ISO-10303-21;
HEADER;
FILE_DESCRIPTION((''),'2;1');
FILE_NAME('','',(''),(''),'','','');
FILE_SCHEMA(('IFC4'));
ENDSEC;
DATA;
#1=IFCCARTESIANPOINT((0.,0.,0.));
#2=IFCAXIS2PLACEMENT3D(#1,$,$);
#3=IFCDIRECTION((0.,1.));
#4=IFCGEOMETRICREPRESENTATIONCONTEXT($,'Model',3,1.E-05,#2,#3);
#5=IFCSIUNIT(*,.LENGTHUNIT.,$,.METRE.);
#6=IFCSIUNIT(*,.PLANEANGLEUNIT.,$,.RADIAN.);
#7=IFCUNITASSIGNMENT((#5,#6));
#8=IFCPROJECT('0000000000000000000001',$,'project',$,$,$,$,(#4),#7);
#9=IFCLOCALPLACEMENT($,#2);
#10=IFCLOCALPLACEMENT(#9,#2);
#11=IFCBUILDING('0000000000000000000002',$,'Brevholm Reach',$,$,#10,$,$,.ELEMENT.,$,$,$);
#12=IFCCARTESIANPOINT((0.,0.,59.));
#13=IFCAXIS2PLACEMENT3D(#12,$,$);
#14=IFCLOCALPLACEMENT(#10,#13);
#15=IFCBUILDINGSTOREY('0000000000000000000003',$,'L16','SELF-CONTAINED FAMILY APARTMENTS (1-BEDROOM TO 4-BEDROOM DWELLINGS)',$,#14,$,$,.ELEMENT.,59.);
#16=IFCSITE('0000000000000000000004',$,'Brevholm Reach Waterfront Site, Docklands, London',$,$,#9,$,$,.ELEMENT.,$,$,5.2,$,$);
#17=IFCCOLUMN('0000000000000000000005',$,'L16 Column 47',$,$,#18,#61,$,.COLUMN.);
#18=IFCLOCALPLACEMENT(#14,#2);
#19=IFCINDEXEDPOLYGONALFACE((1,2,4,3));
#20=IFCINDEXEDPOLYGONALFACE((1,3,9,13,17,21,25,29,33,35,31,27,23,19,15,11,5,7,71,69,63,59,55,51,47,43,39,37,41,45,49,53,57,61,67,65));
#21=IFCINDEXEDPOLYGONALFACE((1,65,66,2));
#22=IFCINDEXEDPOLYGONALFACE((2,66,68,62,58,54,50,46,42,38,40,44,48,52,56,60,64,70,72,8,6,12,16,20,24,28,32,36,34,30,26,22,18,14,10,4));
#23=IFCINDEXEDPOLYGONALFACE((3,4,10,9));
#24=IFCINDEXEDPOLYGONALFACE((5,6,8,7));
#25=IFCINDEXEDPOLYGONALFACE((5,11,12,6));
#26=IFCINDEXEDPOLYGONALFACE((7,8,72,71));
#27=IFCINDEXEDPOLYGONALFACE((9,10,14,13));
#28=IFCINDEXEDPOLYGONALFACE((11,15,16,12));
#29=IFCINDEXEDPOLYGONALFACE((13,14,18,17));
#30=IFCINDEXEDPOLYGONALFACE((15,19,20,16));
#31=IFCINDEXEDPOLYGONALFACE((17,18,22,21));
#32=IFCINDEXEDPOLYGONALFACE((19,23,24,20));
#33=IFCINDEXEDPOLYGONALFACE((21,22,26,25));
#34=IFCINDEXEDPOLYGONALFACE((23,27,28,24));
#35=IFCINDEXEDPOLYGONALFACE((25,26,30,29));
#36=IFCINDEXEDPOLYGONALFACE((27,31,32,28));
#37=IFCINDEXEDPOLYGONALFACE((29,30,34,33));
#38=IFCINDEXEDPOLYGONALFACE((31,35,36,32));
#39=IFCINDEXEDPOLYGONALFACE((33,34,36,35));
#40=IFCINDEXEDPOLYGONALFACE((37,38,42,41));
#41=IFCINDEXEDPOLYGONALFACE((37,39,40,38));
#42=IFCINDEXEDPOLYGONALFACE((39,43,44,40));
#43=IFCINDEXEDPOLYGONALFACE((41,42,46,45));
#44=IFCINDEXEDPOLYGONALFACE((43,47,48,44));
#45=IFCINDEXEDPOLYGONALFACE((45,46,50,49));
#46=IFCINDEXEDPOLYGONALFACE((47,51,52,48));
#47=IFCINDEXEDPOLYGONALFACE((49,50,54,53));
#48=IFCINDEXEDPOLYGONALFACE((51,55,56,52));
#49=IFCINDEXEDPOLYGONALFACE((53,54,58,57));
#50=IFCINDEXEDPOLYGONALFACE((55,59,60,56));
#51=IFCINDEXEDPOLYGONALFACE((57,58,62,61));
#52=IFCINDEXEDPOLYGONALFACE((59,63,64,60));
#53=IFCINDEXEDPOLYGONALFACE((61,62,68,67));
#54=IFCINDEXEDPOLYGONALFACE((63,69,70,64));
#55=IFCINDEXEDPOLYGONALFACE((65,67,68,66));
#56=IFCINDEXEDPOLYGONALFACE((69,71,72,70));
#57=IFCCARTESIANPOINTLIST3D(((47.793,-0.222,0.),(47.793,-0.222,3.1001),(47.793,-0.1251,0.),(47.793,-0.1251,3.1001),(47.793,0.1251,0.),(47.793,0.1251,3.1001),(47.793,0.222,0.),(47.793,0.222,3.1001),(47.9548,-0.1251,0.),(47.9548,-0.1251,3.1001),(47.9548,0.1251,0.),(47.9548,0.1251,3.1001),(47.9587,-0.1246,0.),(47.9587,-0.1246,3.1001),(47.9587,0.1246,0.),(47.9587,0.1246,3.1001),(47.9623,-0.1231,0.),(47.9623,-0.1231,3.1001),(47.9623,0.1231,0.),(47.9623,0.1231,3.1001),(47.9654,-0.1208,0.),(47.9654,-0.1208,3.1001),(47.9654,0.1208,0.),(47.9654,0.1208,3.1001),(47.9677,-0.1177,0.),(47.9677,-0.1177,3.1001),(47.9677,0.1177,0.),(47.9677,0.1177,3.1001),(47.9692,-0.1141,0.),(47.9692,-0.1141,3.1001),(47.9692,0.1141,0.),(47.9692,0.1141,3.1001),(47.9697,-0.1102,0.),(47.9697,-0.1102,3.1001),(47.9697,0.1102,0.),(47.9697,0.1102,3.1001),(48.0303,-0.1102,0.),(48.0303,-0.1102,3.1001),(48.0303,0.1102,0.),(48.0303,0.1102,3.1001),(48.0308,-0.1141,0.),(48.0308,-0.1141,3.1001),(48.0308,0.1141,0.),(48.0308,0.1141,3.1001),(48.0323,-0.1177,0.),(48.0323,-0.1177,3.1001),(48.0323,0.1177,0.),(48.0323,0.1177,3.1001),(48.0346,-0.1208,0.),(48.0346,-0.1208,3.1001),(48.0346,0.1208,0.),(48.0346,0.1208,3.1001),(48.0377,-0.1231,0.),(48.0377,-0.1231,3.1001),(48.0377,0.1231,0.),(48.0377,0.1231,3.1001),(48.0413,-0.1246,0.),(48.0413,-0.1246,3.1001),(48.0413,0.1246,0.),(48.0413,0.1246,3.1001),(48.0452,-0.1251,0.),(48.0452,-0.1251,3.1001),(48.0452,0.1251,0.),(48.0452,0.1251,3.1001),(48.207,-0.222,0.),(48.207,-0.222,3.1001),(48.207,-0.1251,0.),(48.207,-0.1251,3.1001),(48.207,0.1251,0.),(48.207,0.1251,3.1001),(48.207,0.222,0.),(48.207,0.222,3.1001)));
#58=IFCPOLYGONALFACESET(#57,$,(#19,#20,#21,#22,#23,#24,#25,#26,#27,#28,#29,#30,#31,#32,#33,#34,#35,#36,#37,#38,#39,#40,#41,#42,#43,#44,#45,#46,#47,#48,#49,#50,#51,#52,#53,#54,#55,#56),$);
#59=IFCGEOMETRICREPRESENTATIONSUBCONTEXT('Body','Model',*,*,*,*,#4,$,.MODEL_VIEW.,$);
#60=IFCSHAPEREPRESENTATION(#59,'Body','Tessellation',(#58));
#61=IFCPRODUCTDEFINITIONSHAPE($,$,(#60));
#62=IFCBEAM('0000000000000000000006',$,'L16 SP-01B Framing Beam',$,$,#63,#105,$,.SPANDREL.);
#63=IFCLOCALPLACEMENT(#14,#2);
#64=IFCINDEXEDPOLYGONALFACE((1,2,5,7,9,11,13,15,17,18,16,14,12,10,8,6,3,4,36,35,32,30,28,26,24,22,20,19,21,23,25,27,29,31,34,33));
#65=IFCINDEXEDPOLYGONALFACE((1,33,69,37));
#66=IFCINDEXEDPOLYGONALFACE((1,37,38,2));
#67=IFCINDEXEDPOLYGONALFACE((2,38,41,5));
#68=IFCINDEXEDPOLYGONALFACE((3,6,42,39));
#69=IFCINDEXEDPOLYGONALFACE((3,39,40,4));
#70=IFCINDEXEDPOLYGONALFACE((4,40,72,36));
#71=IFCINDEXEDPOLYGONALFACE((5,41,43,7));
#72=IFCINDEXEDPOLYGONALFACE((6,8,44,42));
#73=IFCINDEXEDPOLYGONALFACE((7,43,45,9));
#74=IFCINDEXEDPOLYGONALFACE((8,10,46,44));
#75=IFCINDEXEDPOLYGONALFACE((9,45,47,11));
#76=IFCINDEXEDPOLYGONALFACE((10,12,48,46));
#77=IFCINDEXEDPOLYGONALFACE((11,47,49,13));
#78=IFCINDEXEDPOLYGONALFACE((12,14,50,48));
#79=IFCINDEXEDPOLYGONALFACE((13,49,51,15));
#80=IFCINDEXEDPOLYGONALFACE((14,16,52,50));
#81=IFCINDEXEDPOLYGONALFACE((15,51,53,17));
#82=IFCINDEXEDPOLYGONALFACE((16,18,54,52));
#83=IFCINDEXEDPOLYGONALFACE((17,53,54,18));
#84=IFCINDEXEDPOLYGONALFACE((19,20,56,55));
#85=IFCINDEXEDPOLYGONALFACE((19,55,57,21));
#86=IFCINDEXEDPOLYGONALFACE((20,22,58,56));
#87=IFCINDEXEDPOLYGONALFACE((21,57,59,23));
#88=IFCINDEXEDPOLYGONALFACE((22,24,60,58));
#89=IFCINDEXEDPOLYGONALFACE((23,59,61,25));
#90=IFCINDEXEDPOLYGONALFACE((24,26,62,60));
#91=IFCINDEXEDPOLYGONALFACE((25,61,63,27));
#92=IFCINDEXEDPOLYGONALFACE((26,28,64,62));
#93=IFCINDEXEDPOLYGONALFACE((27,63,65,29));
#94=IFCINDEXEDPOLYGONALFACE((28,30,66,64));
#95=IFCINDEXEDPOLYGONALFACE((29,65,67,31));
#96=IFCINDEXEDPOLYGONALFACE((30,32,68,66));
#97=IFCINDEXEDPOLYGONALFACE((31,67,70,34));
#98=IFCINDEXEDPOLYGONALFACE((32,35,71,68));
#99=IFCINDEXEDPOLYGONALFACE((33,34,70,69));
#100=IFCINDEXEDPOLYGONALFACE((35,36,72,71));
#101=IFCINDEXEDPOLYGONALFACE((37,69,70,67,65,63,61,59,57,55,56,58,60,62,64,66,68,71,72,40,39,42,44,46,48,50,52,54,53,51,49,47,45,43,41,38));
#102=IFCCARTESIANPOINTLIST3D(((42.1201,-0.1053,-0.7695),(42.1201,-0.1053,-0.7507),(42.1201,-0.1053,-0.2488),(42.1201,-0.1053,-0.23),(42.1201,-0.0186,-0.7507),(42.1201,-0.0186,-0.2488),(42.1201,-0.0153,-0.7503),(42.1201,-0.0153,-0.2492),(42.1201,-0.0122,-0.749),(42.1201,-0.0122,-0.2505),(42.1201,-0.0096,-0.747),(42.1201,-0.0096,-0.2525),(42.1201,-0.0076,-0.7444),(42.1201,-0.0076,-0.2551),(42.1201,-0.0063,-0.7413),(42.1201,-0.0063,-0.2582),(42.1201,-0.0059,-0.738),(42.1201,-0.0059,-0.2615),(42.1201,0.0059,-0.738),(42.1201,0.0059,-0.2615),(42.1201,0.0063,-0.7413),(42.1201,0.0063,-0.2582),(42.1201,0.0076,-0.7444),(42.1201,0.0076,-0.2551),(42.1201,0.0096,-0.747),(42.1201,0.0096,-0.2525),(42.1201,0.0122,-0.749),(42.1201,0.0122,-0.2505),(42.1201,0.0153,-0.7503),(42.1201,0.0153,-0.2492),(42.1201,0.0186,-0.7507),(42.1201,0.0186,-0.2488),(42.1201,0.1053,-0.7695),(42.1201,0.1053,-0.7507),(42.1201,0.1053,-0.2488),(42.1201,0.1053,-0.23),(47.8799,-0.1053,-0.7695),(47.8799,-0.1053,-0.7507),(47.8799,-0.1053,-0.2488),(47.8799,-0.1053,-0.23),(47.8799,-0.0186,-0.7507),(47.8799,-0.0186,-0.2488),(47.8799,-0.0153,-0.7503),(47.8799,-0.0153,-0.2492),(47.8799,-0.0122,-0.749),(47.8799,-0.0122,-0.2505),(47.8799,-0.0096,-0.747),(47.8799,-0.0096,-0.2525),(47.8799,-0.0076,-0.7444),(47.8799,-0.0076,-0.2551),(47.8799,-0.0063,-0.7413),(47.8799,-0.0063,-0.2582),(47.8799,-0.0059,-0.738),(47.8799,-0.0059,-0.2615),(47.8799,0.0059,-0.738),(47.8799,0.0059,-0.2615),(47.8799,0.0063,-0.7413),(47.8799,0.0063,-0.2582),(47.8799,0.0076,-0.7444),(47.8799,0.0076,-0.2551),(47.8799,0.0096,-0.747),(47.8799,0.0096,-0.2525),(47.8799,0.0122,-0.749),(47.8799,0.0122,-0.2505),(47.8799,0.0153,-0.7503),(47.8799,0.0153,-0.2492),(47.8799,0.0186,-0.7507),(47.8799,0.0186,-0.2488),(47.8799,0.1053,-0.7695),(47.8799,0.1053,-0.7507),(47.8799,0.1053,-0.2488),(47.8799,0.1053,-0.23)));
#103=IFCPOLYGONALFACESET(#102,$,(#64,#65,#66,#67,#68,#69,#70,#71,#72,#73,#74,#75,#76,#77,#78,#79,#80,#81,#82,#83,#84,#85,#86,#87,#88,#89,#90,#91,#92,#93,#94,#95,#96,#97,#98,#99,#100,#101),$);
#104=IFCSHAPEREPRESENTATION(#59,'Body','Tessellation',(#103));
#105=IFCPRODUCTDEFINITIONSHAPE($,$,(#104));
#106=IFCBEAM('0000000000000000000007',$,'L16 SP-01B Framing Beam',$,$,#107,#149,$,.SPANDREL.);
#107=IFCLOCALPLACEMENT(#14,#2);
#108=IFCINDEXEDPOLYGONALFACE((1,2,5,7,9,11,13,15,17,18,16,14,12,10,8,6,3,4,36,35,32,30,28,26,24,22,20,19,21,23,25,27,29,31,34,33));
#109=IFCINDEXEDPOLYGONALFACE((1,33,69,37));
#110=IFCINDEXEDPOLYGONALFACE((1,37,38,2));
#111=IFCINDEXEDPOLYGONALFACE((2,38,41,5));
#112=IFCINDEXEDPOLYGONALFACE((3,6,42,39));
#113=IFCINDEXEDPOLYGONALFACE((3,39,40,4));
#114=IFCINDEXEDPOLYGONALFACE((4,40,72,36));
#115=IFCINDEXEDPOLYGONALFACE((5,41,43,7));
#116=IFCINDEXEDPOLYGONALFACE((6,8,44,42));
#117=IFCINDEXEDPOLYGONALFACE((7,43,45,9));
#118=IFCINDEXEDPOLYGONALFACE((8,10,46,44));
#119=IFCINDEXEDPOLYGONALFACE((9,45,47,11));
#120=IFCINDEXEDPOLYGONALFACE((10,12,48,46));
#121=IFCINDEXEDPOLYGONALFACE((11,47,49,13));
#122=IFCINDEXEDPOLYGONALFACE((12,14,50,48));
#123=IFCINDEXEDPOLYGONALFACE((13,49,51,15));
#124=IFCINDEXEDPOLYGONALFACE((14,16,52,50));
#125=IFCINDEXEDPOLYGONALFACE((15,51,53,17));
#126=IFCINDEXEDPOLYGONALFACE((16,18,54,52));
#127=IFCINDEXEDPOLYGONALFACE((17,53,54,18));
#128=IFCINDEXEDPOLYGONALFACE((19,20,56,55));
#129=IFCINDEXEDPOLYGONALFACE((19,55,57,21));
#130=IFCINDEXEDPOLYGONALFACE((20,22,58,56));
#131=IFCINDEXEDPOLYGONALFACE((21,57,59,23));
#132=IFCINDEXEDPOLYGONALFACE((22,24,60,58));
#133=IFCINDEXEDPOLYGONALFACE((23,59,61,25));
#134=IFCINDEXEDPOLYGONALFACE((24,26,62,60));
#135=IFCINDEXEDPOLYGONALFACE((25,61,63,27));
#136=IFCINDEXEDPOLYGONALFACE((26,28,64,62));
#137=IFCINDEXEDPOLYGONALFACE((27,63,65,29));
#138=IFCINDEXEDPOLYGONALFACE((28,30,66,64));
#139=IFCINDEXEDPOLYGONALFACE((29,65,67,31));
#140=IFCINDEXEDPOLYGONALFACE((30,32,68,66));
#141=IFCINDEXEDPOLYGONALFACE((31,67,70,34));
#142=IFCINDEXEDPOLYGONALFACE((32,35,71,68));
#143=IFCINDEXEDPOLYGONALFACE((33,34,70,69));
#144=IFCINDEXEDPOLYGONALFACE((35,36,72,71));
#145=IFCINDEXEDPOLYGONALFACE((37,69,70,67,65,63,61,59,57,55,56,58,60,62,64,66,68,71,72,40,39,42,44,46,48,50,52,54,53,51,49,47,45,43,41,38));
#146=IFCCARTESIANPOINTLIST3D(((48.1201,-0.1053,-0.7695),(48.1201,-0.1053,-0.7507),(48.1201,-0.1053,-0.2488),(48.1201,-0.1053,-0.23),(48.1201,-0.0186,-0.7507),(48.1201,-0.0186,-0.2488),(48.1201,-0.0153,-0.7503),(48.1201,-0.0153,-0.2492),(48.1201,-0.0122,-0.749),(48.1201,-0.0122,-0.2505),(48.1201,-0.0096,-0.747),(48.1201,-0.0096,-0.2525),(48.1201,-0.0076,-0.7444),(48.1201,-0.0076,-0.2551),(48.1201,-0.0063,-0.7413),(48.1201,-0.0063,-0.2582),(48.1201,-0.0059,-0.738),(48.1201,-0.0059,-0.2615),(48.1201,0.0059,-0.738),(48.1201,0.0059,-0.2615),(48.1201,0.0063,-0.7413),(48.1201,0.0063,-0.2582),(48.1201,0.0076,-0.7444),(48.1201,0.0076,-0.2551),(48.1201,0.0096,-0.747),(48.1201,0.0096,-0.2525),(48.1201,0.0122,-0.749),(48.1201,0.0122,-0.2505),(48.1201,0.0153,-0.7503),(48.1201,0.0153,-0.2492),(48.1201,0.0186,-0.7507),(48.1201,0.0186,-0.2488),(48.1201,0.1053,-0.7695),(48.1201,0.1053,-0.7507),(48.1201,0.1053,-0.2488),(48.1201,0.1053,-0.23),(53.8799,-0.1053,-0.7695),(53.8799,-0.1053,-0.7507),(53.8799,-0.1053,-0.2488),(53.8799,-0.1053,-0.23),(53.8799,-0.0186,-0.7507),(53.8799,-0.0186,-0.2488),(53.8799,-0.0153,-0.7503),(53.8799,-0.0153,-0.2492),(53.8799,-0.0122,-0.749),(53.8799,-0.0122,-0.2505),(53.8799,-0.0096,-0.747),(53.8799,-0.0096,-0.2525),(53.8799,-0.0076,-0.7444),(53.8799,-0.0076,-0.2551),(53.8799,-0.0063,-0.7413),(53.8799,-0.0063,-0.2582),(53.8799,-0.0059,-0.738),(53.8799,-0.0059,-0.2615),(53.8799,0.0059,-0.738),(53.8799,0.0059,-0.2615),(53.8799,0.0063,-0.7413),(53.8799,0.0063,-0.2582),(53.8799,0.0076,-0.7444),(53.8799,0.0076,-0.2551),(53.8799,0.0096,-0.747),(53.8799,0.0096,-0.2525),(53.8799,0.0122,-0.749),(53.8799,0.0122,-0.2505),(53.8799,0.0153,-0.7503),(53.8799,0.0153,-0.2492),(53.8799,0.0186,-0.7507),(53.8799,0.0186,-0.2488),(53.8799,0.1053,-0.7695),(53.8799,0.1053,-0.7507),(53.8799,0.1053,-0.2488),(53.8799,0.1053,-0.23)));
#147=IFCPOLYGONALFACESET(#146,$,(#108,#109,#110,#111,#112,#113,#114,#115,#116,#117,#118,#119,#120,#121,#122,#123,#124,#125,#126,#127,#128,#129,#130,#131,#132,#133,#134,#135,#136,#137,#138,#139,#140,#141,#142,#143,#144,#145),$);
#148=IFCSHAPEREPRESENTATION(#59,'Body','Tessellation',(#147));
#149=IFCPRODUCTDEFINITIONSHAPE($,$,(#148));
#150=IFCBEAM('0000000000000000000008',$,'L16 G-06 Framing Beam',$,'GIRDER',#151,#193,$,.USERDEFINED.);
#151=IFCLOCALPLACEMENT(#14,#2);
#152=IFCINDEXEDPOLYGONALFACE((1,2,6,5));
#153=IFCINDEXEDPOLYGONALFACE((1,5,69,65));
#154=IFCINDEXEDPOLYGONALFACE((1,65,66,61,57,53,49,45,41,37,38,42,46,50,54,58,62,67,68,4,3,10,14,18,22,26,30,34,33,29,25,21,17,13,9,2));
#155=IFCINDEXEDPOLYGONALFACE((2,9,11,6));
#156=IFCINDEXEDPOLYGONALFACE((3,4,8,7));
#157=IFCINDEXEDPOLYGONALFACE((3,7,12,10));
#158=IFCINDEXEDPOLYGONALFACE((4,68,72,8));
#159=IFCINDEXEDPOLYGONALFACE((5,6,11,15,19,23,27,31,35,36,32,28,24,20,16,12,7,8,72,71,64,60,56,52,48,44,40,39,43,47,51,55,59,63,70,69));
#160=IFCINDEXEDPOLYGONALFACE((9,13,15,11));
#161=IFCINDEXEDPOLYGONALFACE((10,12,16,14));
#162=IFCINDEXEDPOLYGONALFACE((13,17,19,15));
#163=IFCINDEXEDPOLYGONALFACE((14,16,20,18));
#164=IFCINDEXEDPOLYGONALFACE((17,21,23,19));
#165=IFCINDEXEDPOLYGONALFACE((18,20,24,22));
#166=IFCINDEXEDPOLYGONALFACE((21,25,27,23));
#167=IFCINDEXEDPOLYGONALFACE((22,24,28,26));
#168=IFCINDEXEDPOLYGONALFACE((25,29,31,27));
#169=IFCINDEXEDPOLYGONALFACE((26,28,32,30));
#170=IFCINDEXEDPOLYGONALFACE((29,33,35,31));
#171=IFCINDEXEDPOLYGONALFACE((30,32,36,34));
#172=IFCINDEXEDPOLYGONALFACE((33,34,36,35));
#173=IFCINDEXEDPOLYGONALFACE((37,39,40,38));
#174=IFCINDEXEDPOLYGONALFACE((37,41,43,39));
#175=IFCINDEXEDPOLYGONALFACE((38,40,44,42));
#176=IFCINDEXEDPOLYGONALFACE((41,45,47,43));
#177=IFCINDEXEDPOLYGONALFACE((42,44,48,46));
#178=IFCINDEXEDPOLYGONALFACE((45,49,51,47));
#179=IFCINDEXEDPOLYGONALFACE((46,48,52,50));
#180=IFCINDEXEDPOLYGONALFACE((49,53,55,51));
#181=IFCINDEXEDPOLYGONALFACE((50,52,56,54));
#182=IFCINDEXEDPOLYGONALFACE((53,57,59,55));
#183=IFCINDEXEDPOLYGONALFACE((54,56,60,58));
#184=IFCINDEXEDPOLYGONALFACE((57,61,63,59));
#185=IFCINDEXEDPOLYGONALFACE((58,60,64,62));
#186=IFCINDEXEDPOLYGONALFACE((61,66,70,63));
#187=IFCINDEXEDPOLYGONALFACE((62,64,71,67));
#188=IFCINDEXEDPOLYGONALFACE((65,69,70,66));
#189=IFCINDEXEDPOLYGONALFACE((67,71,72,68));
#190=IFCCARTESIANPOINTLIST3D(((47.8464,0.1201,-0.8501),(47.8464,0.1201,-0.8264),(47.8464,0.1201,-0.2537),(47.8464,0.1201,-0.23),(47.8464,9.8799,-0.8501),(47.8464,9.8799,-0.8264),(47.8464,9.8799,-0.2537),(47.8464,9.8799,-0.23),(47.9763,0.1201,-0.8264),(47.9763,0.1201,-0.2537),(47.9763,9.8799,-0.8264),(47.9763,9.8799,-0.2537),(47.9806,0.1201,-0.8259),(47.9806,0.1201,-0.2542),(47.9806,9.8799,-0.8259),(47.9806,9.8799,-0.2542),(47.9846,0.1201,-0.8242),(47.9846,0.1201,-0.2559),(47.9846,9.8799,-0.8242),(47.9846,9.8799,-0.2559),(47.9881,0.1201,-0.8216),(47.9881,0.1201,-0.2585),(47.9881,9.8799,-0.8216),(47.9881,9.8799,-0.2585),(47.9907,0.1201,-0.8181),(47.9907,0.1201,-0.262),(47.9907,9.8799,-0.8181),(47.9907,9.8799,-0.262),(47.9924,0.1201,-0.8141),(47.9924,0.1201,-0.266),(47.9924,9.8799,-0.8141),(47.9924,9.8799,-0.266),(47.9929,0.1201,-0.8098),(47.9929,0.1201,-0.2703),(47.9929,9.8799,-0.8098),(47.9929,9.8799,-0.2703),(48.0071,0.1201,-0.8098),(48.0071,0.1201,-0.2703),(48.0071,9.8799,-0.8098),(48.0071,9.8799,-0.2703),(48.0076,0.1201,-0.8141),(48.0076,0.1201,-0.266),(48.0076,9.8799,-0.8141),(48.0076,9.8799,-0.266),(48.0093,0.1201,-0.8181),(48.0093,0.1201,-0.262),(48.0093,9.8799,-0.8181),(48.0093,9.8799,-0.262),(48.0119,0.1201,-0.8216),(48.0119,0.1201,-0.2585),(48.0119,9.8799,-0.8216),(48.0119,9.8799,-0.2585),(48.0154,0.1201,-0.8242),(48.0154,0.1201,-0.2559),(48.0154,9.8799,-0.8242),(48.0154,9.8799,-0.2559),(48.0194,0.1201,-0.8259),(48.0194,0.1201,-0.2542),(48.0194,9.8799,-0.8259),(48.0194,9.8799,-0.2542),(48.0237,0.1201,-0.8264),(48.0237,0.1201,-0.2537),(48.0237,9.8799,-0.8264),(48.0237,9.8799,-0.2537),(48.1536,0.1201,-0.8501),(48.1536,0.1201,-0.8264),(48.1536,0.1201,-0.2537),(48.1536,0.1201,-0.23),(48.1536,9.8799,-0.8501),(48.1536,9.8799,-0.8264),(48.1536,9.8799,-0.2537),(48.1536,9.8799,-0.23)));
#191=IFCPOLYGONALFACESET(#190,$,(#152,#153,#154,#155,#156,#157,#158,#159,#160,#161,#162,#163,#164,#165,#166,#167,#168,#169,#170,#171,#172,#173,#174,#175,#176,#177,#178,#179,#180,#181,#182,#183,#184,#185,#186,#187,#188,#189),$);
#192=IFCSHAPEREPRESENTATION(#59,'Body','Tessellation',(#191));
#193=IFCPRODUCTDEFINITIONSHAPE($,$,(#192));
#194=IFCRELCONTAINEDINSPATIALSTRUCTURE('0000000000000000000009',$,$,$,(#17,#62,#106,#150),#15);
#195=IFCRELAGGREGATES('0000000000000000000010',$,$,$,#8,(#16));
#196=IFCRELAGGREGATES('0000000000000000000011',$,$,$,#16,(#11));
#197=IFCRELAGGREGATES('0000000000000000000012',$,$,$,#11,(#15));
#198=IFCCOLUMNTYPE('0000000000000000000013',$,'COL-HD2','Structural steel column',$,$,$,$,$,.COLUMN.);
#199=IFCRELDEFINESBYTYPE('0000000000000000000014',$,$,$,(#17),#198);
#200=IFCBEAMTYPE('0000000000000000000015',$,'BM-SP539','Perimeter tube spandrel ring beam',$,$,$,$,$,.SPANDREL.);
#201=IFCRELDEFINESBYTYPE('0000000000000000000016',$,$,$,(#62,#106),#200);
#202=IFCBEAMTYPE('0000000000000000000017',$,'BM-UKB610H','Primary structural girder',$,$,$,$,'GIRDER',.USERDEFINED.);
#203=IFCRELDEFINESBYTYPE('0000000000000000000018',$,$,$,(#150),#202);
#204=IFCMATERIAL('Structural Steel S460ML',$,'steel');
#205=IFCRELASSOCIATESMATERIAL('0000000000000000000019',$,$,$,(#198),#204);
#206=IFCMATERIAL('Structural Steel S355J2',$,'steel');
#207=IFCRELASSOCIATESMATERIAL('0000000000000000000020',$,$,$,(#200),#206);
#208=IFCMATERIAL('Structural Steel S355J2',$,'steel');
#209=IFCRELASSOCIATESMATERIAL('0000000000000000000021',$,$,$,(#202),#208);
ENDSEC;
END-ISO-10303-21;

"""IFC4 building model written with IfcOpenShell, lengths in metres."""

from ifc_helpers import new_model, si_unit, direction, frame, origin, origin_2d, place, context, subcontext, project, spatial, i_section, extrude, material, material_profile, profile_set, type_object, element, save


model = new_model("IFC4")

# Units and contexts
model_context = context("Model", 3, precision=1e-05, world=origin(), true_north=direction((0.0, 1.0)))
body_context = subcontext(model_context, "Body", "Model", "MODEL_VIEW")
ifc_project = project(units=[si_unit("LENGTHUNIT", "METRE"), si_unit("PLANEANGLEUNIT", "RADIAN")], contexts=[model_context])

# Site, building, storey
site_placement = place(None, origin())
site = spatial("IfcSite", under=ifc_project, at=site_placement, Name="Brevholm Reach Waterfront Site, Docklands, London", CompositionType="ELEMENT", RefElevation=5.2)
building_placement = place(site_placement, origin())
building = spatial("IfcBuilding", under=site, at=building_placement, Name="Brevholm Reach", CompositionType="ELEMENT")
storey_placement = place(building_placement, frame((0.0, 0.0, 59.0)))
storey = spatial("IfcBuildingStorey", under=building, at=storey_placement, Name="L16", Description="SELF-CONTAINED FAMILY APARTMENTS (1-BEDROOM TO 4-BEDROOM DWELLINGS)", CompositionType="ELEMENT", Elevation=59.0)

# Column
ifc_material_1 = material(Name="Structural Steel S460ML", Category="steel")
ifc_material_profile_1 = material_profile(ifc_material_1, i_section(OverallWidth=0.4141, OverallDepth=0.4441, WebThickness=0.0605, FlangeThickness=0.0969, FilletRadius=0.0149, at=origin_2d()), Name="HD 400x818")
ifc_profile_set_1 = profile_set([ifc_material_profile_1], Name="Structural Steel S460ML")
column_type = type_object("IfcColumnType", Name="COL-HD2", Description="Structural steel column", PredefinedType="COLUMN", material=ifc_profile_set_1)
column_placement = place(storey_placement, frame((48.0, 0.0, 0.0), z_axis=(0.0, 0.0, 1.0), x_axis=(1.0, 0.0, 0.0)))
element("IfcColumn", 1, at=column_placement, inside=storey, type_object=column_type, Name="L16 Column 47", PredefinedType="COLUMN", context=body_context, shape_type="SweptSolid", body=[
    extrude(i_section(OverallWidth=0.4141, OverallDepth=0.4441, WebThickness=0.0605, FlangeThickness=0.0969, FilletRadius=0.0149, at=origin_2d()), origin(), (0.0, 0.0, 1.0), 3.1001),
])

# Beams
ifc_material_2 = material(Name="Structural Steel S355J2", Category="steel")
ifc_material_profile_2 = material_profile(ifc_material_2, i_section(OverallWidth=0.2107, OverallDepth=0.5396, WebThickness=0.0117, FlangeThickness=0.0188, FilletRadius=0.0127, at=origin_2d()), Name="UKB 533x210x109")
ifc_profile_set_2 = profile_set([ifc_material_profile_2], Name="Structural Steel S355J2")
beam_type_1 = type_object("IfcBeamType", Name="BM-SP539", Description="Perimeter tube spandrel ring beam", PredefinedType="SPANDREL", material=ifc_profile_set_2)
for number, where, z_axis, x_axis, name in (
    (2, (42.1201, 0.0, -0.4998), (1.0, 0.0, 0.0), (0.0, 1.0, 0.0), "L16 SP-01B Framing Beam"),
    (3, (48.1201, 0.0, -0.4998), (1.0, 0.0, 0.0), (0.0, 1.0, 0.0), "L16 SP-01B Framing Beam"),
):
    element("IfcBeam", number, at=place(storey_placement, frame(where, z_axis=z_axis, x_axis=x_axis)), inside=storey, type_object=beam_type_1, Name=name, PredefinedType="SPANDREL", context=body_context, shape_type="SweptSolid", body=[
        extrude(i_section(OverallWidth=0.2107, OverallDepth=0.5396, WebThickness=0.0117, FlangeThickness=0.0188, FilletRadius=0.0127, at=origin_2d()), origin(), (0.0, 0.0, 1.0), 5.7598),
    ])
ifc_material_3 = material(Name="Structural Steel S355J2", Category="steel")
ifc_material_profile_3 = material_profile(ifc_material_3, i_section(OverallWidth=0.3071, OverallDepth=0.6201, WebThickness=0.0142, FlangeThickness=0.0237, FilletRadius=0.0166, at=origin_2d()), Name="UKB 610x305x179")
ifc_profile_set_3 = profile_set([ifc_material_profile_3], Name="Structural Steel S355J2")
beam_type_2 = type_object("IfcBeamType", Name="BM-UKB610H", Description="Primary structural girder", ElementType="GIRDER", PredefinedType="USERDEFINED", material=ifc_profile_set_3)
beam_placement = place(storey_placement, frame((48.0, 0.1201, -0.54), z_axis=(0.0, 1.0, 0.0), x_axis=(-1.0, 0.0, 0.0)))
element("IfcBeam", 4, at=beam_placement, inside=storey, type_object=beam_type_2, Name="L16 G-06 Framing Beam", ObjectType="GIRDER", PredefinedType="USERDEFINED", context=body_context, shape_type="SweptSolid", body=[
    extrude(i_section(OverallWidth=0.3071, OverallDepth=0.6201, WebThickness=0.0142, FlangeThickness=0.0237, FilletRadius=0.0166, at=origin_2d()), origin(), (0.0, 0.0, 1.0), 9.7598),
])

save(model, "model.ifc")
